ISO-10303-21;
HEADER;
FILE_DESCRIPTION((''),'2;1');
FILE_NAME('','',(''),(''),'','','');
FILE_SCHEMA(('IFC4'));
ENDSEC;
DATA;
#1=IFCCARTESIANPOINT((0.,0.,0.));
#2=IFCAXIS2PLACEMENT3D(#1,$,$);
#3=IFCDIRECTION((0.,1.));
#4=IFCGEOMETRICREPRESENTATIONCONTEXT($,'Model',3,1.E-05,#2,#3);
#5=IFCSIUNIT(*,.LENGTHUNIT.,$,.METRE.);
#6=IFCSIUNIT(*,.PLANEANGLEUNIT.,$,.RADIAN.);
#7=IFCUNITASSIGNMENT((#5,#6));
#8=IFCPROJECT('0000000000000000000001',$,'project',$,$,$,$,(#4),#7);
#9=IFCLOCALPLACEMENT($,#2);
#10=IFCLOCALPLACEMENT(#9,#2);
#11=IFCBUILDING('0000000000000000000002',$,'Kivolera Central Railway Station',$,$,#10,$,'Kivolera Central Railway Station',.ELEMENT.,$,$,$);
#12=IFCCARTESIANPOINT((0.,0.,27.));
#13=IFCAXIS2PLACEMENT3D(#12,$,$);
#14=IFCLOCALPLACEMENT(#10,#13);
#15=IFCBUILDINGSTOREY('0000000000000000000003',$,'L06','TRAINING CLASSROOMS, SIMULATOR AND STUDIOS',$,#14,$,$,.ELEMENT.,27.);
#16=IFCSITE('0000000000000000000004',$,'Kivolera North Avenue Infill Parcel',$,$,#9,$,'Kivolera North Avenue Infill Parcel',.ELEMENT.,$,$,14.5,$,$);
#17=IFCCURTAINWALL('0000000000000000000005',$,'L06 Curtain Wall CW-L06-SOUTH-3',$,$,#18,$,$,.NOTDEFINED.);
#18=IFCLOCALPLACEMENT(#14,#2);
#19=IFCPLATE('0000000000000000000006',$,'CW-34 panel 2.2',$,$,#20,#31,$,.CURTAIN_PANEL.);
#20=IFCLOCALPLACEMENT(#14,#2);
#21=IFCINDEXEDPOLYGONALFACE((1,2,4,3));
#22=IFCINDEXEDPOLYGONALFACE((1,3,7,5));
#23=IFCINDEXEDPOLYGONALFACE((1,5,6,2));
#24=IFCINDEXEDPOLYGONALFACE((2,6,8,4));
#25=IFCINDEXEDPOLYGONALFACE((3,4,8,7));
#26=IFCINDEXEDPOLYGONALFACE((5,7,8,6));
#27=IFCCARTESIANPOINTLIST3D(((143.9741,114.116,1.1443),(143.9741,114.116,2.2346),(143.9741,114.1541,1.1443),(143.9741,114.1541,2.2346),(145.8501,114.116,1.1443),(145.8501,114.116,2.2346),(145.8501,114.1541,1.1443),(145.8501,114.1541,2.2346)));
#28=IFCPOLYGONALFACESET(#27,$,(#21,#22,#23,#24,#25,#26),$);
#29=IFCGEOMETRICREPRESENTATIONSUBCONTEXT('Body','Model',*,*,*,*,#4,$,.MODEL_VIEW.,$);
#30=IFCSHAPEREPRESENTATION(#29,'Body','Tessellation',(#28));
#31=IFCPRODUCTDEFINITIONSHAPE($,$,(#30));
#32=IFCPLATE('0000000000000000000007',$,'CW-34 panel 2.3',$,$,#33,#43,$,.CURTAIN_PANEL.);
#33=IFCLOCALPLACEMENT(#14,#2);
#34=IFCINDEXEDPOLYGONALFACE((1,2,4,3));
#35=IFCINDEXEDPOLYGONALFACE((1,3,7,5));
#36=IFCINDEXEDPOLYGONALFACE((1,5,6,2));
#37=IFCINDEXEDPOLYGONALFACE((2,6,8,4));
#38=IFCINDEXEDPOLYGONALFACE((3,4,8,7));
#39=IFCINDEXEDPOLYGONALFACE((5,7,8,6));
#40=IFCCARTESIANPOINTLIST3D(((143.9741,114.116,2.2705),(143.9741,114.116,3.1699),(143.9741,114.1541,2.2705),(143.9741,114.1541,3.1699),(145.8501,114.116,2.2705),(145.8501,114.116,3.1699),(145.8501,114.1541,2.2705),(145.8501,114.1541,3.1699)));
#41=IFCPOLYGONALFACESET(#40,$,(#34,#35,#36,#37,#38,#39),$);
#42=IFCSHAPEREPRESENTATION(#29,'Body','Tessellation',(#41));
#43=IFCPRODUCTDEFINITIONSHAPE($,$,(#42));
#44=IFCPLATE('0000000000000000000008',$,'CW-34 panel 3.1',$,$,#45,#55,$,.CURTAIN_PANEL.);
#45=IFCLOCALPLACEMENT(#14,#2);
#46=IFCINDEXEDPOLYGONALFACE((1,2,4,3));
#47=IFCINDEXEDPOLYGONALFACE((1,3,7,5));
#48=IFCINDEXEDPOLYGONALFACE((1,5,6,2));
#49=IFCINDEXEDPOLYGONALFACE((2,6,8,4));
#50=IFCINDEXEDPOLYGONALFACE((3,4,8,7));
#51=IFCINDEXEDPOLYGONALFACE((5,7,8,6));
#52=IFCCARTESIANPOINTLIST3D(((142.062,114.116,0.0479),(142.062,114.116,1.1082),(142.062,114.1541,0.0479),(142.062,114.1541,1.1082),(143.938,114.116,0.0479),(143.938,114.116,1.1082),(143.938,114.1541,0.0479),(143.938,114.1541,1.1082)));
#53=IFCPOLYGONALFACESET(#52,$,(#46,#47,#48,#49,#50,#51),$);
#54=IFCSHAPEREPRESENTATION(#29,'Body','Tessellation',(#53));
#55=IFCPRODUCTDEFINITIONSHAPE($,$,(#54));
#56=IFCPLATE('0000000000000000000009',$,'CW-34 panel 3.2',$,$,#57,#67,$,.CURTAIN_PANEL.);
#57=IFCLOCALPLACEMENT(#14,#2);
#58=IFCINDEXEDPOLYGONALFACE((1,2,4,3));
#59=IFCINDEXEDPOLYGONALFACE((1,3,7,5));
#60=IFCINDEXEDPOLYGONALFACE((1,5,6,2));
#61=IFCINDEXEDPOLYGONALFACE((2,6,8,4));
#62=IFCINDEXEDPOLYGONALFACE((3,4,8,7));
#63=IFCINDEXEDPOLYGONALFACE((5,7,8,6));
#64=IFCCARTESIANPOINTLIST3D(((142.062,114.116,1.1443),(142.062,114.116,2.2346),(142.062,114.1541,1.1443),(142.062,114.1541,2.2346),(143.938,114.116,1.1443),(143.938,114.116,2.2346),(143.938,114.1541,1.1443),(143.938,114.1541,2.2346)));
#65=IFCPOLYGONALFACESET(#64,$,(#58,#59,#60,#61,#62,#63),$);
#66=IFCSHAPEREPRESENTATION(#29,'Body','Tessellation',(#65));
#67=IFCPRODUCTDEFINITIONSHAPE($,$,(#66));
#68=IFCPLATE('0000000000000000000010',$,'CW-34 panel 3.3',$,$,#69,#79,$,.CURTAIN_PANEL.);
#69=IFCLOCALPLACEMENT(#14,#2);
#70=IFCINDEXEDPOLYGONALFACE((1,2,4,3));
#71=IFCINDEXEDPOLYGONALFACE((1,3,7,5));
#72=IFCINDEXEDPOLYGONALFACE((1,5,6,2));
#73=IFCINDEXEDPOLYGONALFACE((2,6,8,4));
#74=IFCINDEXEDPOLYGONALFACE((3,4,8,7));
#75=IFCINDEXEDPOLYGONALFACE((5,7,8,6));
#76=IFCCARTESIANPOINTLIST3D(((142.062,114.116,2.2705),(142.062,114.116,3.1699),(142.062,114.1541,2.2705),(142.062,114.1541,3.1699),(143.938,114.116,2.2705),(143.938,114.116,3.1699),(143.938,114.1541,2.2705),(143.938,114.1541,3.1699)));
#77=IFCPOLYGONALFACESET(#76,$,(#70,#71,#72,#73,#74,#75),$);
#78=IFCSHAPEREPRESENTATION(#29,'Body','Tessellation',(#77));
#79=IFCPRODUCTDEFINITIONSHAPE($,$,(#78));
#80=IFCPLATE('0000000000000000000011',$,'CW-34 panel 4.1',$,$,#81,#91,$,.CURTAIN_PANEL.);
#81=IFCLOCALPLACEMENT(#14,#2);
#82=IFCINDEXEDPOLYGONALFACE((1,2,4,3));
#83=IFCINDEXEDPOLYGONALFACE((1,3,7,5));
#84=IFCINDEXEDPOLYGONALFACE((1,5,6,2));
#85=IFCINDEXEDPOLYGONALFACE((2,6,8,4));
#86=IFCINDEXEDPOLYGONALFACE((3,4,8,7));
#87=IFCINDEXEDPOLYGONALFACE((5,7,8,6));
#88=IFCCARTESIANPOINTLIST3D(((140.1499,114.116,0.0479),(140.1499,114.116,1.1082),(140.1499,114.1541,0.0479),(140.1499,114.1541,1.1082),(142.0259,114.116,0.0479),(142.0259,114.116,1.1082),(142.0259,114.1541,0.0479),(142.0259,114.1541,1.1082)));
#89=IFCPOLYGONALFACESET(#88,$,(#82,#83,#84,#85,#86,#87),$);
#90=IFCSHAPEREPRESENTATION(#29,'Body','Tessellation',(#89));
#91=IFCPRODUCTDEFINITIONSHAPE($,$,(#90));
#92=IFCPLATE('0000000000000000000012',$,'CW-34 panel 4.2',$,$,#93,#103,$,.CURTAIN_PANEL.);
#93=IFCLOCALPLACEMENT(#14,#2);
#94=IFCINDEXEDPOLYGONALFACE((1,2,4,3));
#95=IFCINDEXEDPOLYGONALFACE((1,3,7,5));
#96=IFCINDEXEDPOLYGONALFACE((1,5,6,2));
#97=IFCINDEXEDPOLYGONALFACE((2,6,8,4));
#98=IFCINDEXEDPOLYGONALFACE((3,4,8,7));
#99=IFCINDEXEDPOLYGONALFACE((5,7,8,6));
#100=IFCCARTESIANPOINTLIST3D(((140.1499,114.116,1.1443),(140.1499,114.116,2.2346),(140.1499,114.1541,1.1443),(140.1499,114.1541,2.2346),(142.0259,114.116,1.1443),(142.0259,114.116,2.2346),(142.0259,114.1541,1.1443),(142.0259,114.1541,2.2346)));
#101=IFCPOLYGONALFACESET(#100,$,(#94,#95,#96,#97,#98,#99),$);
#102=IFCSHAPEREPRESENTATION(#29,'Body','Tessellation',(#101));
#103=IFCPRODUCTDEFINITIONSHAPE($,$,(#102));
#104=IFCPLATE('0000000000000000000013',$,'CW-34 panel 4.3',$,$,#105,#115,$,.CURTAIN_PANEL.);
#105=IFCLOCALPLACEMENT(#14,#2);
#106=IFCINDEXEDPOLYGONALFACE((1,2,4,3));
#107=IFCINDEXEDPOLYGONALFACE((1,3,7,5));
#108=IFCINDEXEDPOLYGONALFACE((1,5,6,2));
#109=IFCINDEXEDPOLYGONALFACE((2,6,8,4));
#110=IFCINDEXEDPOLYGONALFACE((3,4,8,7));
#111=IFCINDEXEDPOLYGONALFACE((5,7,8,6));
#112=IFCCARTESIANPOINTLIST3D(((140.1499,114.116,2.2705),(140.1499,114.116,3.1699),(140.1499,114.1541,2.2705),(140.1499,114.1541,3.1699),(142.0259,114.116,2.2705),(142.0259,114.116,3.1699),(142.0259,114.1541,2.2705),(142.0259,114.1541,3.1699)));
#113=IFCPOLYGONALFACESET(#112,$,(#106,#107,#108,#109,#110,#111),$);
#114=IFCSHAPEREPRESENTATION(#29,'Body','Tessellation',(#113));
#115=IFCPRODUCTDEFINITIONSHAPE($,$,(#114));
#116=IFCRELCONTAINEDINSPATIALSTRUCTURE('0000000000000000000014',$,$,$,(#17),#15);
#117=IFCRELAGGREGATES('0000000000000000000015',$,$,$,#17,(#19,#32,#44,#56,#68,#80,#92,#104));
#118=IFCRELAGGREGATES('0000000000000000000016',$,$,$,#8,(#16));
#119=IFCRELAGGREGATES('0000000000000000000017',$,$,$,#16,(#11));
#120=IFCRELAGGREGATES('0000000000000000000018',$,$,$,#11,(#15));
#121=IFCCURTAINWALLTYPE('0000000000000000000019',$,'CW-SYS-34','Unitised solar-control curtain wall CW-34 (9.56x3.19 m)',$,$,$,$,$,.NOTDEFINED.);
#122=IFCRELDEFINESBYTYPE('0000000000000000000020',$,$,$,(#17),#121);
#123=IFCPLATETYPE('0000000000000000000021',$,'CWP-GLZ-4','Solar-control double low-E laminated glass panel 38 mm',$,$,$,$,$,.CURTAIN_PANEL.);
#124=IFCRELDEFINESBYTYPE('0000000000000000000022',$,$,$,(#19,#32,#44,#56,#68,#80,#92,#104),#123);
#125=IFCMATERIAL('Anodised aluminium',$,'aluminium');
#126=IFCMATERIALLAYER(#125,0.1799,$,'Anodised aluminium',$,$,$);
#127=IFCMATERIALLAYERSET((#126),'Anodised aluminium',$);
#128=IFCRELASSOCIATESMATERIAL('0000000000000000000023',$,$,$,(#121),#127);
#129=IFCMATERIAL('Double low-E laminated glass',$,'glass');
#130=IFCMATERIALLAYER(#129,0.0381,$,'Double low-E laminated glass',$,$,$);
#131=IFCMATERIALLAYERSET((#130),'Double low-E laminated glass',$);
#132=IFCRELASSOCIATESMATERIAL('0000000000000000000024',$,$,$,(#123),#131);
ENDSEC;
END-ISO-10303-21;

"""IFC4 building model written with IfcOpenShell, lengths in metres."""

from ifc_helpers import new_model, si_unit, direction, frame, origin, origin_2d, place, context, subcontext, project, spatial, rectangle, extrude, material, layer, layer_set, type_object, element, aggregate, save


model = new_model("IFC4")

# Units and contexts
model_context = context("Model", 3, precision=1e-05, world=origin(), true_north=direction((0.0, 1.0)))
body_context = subcontext(model_context, "Body", "Model", "MODEL_VIEW")
ifc_project = project(units=[si_unit("LENGTHUNIT", "METRE"), si_unit("PLANEANGLEUNIT", "RADIAN")], contexts=[model_context])

# Site, building, storey
site_placement = place(None, origin())
site = spatial("IfcSite", under=ifc_project, at=site_placement, Name="Kivolera North Avenue Infill Parcel", LongName="Kivolera North Avenue Infill Parcel", CompositionType="ELEMENT", RefElevation=14.5)
building_placement = place(site_placement, origin())
building = spatial("IfcBuilding", under=site, at=building_placement, Name="Kivolera Central Railway Station", LongName="Kivolera Central Railway Station", CompositionType="ELEMENT")
storey_placement = place(building_placement, frame((0.0, 0.0, 27.0)))
storey = spatial("IfcBuildingStorey", under=building, at=storey_placement, Name="L06", Description="TRAINING CLASSROOMS, SIMULATOR AND STUDIOS", CompositionType="ELEMENT", Elevation=27.0)

# Curtain wall, plates
ifc_material_1 = material(Name="Anodised aluminium", Category="aluminium")
ifc_layer_1 = layer(ifc_material_1, 0.1799, Name="Anodised aluminium")
ifc_layer_set_1 = layer_set([ifc_layer_1], Name="Anodised aluminium")
curtain_wall_type = type_object("IfcCurtainWallType", Name="CW-SYS-34", Description="Unitised solar-control curtain wall CW-34 (9.56x3.19 m)", PredefinedType="NOTDEFINED", material=ifc_layer_set_1)
curtain_wall_placement = place(storey_placement, origin())
curtain_wall = element("IfcCurtainWall", 1, at=curtain_wall_placement, inside=storey, type_object=curtain_wall_type, Name="L06 Curtain Wall CW-L06-SOUTH-3", PredefinedType="NOTDEFINED")
ifc_material_2 = material(Name="Double low-E laminated glass", Category="glass")
ifc_layer_2 = layer(ifc_material_2, 0.0381, Name="Double low-E laminated glass")
ifc_layer_set_2 = layer_set([ifc_layer_2], Name="Double low-E laminated glass")
plate_type = type_object("IfcPlateType", Name="CWP-GLZ-4", Description="Solar-control double low-E laminated glass panel 38 mm", PredefinedType="CURTAIN_PANEL", material=ifc_layer_set_2)
plate_1_placement = place(storey_placement, frame((144.9121, 114.135, 1.1443), z_axis=(0.0, 0.0, 1.0), x_axis=(-1.0, 0.0, 0.0)))
plate_1 = element("IfcPlate", 2, at=plate_1_placement, type_object=plate_type, Name="CW-34 panel 2.2", PredefinedType="CURTAIN_PANEL", context=body_context, shape_type="SweptSolid", body=[
    extrude(rectangle(XDim=1.876, YDim=0.0381, at=origin_2d()), origin(), (0.0, 0.0, 1.0), 1.0903),
])
plate_2_placement = place(storey_placement, frame((144.9121, 114.135, 2.2705), z_axis=(0.0, 0.0, 1.0), x_axis=(-1.0, 0.0, 0.0)))
plate_2 = element("IfcPlate", 3, at=plate_2_placement, type_object=plate_type, Name="CW-34 panel 2.3", PredefinedType="CURTAIN_PANEL", context=body_context, shape_type="SweptSolid", body=[
    extrude(rectangle(XDim=1.876, YDim=0.0381, at=origin_2d()), origin(), (0.0, 0.0, 1.0), 0.8994),
])
plate_3_placement = place(storey_placement, frame((143.0, 114.135, 0.0479), z_axis=(0.0, 0.0, 1.0), x_axis=(-1.0, 0.0, 0.0)))
plate_3 = element("IfcPlate", 4, at=plate_3_placement, type_object=plate_type, Name="CW-34 panel 3.1", PredefinedType="CURTAIN_PANEL", context=body_context, shape_type="SweptSolid", body=[
    extrude(rectangle(XDim=1.876, YDim=0.0381, at=origin_2d()), origin(), (0.0, 0.0, 1.0), 1.0603),
])
plate_4_placement = place(storey_placement, frame((143.0, 114.135, 1.1443), z_axis=(0.0, 0.0, 1.0), x_axis=(-1.0, 0.0, 0.0)))
plate_4 = element("IfcPlate", 5, at=plate_4_placement, type_object=plate_type, Name="CW-34 panel 3.2", PredefinedType="CURTAIN_PANEL", context=body_context, shape_type="SweptSolid", body=[
    extrude(rectangle(XDim=1.876, YDim=0.0381, at=origin_2d()), origin(), (0.0, 0.0, 1.0), 1.0903),
])
plate_5_placement = place(storey_placement, frame((143.0, 114.135, 2.2705), z_axis=(0.0, 0.0, 1.0), x_axis=(-1.0, 0.0, 0.0)))
plate_5 = element("IfcPlate", 6, at=plate_5_placement, type_object=plate_type, Name="CW-34 panel 3.3", PredefinedType="CURTAIN_PANEL", context=body_context, shape_type="SweptSolid", body=[
    extrude(rectangle(XDim=1.876, YDim=0.0381, at=origin_2d()), origin(), (0.0, 0.0, 1.0), 0.8994),
])
plate_6_placement = place(storey_placement, frame((141.0879, 114.135, 0.0479), z_axis=(0.0, 0.0, 1.0), x_axis=(-1.0, 0.0, 0.0)))
plate_6 = element("IfcPlate", 7, at=plate_6_placement, type_object=plate_type, Name="CW-34 panel 4.1", PredefinedType="CURTAIN_PANEL", context=body_context, shape_type="SweptSolid", body=[
    extrude(rectangle(XDim=1.876, YDim=0.0381, at=origin_2d()), origin(), (0.0, 0.0, 1.0), 1.0603),
])
plate_7_placement = place(storey_placement, frame((141.0879, 114.135, 1.1443), z_axis=(0.0, 0.0, 1.0), x_axis=(-1.0, 0.0, 0.0)))
plate_7 = element("IfcPlate", 8, at=plate_7_placement, type_object=plate_type, Name="CW-34 panel 4.2", PredefinedType="CURTAIN_PANEL", context=body_context, shape_type="SweptSolid", body=[
    extrude(rectangle(XDim=1.876, YDim=0.0381, at=origin_2d()), origin(), (0.0, 0.0, 1.0), 1.0903),
])
plate_8_placement = place(storey_placement, frame((141.0879, 114.135, 2.2705), z_axis=(0.0, 0.0, 1.0), x_axis=(-1.0, 0.0, 0.0)))
plate_8 = element("IfcPlate", 9, at=plate_8_placement, type_object=plate_type, Name="CW-34 panel 4.3", PredefinedType="CURTAIN_PANEL", context=body_context, shape_type="SweptSolid", body=[
    extrude(rectangle(XDim=1.876, YDim=0.0381, at=origin_2d()), origin(), (0.0, 0.0, 1.0), 0.8994),
])
aggregate(curtain_wall, [plate_1, plate_2, plate_3, plate_4, plate_5, plate_6, plate_7, plate_8])

save(model, "model.ifc")
